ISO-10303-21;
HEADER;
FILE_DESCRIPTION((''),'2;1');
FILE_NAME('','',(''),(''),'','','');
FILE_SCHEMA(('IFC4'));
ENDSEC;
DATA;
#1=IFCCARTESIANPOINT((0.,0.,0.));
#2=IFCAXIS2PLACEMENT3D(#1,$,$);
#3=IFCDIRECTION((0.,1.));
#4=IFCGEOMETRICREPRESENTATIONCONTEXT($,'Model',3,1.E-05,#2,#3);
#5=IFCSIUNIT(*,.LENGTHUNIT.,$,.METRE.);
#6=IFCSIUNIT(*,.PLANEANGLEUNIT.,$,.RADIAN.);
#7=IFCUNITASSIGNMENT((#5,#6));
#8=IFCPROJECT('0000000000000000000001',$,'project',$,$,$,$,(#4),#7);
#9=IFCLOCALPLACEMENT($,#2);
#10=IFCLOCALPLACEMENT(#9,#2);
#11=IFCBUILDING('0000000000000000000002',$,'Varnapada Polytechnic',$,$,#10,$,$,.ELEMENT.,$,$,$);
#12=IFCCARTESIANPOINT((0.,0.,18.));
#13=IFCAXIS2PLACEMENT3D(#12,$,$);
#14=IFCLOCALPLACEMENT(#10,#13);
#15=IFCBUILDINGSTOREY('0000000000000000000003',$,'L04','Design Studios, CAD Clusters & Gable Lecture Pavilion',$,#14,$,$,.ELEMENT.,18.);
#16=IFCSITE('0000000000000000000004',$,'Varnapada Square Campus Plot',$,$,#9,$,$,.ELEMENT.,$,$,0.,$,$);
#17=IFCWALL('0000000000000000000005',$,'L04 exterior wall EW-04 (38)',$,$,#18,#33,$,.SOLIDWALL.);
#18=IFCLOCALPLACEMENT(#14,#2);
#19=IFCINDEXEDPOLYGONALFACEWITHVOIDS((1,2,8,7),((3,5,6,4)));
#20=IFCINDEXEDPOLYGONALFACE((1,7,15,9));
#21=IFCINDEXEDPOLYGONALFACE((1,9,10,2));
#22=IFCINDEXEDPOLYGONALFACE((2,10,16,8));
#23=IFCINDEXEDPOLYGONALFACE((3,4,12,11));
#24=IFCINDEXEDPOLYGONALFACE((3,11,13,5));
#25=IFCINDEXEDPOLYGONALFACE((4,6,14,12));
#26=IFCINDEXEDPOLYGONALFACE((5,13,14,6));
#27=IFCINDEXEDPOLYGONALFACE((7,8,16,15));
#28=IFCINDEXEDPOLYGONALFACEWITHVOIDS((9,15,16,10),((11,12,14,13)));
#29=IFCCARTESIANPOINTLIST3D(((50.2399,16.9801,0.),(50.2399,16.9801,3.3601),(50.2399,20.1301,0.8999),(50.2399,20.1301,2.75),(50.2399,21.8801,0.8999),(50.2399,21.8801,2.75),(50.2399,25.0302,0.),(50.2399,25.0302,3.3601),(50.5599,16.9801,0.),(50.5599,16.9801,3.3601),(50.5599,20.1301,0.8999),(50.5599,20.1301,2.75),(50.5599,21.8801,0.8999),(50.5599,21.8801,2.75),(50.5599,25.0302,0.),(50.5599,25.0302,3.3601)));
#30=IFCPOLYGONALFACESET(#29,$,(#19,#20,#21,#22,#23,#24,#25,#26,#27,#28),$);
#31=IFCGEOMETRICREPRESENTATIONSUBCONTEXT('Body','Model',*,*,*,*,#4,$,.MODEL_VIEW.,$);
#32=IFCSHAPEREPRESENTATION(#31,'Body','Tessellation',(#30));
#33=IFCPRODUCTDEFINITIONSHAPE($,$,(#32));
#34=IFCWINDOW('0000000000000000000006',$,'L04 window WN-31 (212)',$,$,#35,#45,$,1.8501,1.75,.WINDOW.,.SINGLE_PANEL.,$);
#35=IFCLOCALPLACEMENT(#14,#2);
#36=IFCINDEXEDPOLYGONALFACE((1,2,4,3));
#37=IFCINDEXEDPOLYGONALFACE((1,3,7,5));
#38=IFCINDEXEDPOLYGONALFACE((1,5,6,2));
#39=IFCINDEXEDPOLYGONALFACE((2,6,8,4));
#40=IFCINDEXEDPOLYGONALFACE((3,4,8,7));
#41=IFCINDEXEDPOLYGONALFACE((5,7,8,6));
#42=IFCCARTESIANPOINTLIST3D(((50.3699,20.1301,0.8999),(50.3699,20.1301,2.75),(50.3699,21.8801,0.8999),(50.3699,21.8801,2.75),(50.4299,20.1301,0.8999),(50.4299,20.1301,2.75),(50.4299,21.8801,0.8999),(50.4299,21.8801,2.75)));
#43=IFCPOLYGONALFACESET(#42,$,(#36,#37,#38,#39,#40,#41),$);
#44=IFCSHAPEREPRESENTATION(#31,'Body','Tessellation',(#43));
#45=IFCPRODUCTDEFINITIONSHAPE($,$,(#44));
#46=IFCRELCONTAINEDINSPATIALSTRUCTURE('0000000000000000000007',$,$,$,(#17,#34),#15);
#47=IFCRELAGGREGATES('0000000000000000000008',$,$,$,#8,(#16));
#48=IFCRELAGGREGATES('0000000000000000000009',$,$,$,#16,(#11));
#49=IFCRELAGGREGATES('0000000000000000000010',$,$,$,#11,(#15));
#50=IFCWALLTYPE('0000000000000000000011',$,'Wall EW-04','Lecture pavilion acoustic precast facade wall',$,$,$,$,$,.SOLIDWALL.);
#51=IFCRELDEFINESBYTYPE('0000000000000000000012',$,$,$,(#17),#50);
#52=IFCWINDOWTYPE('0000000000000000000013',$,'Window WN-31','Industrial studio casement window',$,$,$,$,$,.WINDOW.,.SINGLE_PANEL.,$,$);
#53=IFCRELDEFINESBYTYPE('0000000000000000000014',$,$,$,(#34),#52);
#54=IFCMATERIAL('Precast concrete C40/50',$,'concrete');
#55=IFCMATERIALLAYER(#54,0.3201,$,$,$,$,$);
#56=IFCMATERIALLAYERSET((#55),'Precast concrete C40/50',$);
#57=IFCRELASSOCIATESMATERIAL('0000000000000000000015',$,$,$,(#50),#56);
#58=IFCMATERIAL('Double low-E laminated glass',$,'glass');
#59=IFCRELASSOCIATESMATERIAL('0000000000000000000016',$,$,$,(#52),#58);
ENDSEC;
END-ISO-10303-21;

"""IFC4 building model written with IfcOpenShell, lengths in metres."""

from ifc_helpers import new_model, si_unit, direction, frame, frame_2d, origin, place, context, subcontext, project, spatial, rectangle, extrude, material, layer, layer_set, type_object, element, fill, save


model = new_model("IFC4")

# Units and contexts
model_context = context("Model", 3, precision=1e-05, world=origin(), true_north=direction((0.0, 1.0)))
body_context = subcontext(model_context, "Body", "Model", "MODEL_VIEW")
ifc_project = project(units=[si_unit("LENGTHUNIT", "METRE"), si_unit("PLANEANGLEUNIT", "RADIAN")], contexts=[model_context])

# Site, building, storey
site_placement = place(None, origin())
site = spatial("IfcSite", under=ifc_project, at=site_placement, Name="Varnapada Square Campus Plot", CompositionType="ELEMENT", RefElevation=0.0)
building_placement = place(site_placement, origin())
building = spatial("IfcBuilding", under=site, at=building_placement, Name="Varnapada Polytechnic", CompositionType="ELEMENT")
storey_placement = place(building_placement, frame((0.0, 0.0, 18.0)))
storey = spatial("IfcBuildingStorey", under=building, at=storey_placement, Name="L04", Description="Design Studios, CAD Clusters & Gable Lecture Pavilion", CompositionType="ELEMENT", Elevation=18.0)

# Wall, opening, window
ifc_material_1 = material(Name="Precast concrete C40/50", Category="concrete")
ifc_layer_1 = layer(ifc_material_1, 0.3201)
ifc_layer_set_1 = layer_set([ifc_layer_1], Name="Precast concrete C40/50")
wall_type = type_object("IfcWallType", Name="Wall EW-04", Description="Lecture pavilion acoustic precast facade wall", PredefinedType="SOLIDWALL", material=ifc_layer_set_1)
wall_placement = place(storey_placement, frame((50.3999, 25.03, 0.0), z_axis=(0.0, 0.0, 1.0), x_axis=(0.0, -1.0, 0.0)))
wall = element("IfcWall", 1, at=wall_placement, inside=storey, type_object=wall_type, Name="L04 exterior wall EW-04 (38)", PredefinedType="SOLIDWALL", context=body_context, shape_type="SweptSolid", body=[
    extrude(rectangle(XDim=8.05, YDim=0.3201, at=frame_2d((4.0249, 0.0))), origin(), (0.0, 0.0, 1.0), 3.3601),
])
opening_1_placement = place(wall_placement, frame((3.1499, 0.0, 0.8999)))
opening_1 = element("IfcOpeningElement", 2, at=opening_1_placement, cuts=wall, PredefinedType="OPENING", context=body_context, shape_type="SweptSolid", body=[
    extrude(rectangle(XDim=1.75, YDim=1.8501, at=frame_2d((0.875, 0.925))), frame((0.0, 0.1699, 0.0), z_axis=(0.0, -1.0, 0.0), x_axis=(1.0, 0.0, 0.0)), (0.0, 0.0, 1.0), 0.3401),
])
ifc_material_2 = material(Name="Double low-E laminated glass", Category="glass")
window_type = type_object("IfcWindowType", Name="Window WN-31", Description="Industrial studio casement window", PartitioningType="SINGLE_PANEL", PredefinedType="WINDOW", material=ifc_material_2)
window_placement = place(opening_1_placement, origin())
window = element("IfcWindow", 3, at=window_placement, inside=storey, type_object=window_type, Name="L04 window WN-31 (212)", OverallHeight=1.8501, OverallWidth=1.75, PartitioningType="SINGLE_PANEL", PredefinedType="WINDOW", context=body_context, shape_type="SweptSolid", body=[
    extrude(rectangle(XDim=1.75, YDim=1.8501, at=frame_2d((0.875, 0.925))), frame((0.0, 0.03, 0.0), z_axis=(0.0, -1.0, 0.0), x_axis=(1.0, 0.0, 0.0)), (0.0, 0.0, 1.0), 0.0601),
])
fill(opening_1, window)

save(model, "model.ifc")
